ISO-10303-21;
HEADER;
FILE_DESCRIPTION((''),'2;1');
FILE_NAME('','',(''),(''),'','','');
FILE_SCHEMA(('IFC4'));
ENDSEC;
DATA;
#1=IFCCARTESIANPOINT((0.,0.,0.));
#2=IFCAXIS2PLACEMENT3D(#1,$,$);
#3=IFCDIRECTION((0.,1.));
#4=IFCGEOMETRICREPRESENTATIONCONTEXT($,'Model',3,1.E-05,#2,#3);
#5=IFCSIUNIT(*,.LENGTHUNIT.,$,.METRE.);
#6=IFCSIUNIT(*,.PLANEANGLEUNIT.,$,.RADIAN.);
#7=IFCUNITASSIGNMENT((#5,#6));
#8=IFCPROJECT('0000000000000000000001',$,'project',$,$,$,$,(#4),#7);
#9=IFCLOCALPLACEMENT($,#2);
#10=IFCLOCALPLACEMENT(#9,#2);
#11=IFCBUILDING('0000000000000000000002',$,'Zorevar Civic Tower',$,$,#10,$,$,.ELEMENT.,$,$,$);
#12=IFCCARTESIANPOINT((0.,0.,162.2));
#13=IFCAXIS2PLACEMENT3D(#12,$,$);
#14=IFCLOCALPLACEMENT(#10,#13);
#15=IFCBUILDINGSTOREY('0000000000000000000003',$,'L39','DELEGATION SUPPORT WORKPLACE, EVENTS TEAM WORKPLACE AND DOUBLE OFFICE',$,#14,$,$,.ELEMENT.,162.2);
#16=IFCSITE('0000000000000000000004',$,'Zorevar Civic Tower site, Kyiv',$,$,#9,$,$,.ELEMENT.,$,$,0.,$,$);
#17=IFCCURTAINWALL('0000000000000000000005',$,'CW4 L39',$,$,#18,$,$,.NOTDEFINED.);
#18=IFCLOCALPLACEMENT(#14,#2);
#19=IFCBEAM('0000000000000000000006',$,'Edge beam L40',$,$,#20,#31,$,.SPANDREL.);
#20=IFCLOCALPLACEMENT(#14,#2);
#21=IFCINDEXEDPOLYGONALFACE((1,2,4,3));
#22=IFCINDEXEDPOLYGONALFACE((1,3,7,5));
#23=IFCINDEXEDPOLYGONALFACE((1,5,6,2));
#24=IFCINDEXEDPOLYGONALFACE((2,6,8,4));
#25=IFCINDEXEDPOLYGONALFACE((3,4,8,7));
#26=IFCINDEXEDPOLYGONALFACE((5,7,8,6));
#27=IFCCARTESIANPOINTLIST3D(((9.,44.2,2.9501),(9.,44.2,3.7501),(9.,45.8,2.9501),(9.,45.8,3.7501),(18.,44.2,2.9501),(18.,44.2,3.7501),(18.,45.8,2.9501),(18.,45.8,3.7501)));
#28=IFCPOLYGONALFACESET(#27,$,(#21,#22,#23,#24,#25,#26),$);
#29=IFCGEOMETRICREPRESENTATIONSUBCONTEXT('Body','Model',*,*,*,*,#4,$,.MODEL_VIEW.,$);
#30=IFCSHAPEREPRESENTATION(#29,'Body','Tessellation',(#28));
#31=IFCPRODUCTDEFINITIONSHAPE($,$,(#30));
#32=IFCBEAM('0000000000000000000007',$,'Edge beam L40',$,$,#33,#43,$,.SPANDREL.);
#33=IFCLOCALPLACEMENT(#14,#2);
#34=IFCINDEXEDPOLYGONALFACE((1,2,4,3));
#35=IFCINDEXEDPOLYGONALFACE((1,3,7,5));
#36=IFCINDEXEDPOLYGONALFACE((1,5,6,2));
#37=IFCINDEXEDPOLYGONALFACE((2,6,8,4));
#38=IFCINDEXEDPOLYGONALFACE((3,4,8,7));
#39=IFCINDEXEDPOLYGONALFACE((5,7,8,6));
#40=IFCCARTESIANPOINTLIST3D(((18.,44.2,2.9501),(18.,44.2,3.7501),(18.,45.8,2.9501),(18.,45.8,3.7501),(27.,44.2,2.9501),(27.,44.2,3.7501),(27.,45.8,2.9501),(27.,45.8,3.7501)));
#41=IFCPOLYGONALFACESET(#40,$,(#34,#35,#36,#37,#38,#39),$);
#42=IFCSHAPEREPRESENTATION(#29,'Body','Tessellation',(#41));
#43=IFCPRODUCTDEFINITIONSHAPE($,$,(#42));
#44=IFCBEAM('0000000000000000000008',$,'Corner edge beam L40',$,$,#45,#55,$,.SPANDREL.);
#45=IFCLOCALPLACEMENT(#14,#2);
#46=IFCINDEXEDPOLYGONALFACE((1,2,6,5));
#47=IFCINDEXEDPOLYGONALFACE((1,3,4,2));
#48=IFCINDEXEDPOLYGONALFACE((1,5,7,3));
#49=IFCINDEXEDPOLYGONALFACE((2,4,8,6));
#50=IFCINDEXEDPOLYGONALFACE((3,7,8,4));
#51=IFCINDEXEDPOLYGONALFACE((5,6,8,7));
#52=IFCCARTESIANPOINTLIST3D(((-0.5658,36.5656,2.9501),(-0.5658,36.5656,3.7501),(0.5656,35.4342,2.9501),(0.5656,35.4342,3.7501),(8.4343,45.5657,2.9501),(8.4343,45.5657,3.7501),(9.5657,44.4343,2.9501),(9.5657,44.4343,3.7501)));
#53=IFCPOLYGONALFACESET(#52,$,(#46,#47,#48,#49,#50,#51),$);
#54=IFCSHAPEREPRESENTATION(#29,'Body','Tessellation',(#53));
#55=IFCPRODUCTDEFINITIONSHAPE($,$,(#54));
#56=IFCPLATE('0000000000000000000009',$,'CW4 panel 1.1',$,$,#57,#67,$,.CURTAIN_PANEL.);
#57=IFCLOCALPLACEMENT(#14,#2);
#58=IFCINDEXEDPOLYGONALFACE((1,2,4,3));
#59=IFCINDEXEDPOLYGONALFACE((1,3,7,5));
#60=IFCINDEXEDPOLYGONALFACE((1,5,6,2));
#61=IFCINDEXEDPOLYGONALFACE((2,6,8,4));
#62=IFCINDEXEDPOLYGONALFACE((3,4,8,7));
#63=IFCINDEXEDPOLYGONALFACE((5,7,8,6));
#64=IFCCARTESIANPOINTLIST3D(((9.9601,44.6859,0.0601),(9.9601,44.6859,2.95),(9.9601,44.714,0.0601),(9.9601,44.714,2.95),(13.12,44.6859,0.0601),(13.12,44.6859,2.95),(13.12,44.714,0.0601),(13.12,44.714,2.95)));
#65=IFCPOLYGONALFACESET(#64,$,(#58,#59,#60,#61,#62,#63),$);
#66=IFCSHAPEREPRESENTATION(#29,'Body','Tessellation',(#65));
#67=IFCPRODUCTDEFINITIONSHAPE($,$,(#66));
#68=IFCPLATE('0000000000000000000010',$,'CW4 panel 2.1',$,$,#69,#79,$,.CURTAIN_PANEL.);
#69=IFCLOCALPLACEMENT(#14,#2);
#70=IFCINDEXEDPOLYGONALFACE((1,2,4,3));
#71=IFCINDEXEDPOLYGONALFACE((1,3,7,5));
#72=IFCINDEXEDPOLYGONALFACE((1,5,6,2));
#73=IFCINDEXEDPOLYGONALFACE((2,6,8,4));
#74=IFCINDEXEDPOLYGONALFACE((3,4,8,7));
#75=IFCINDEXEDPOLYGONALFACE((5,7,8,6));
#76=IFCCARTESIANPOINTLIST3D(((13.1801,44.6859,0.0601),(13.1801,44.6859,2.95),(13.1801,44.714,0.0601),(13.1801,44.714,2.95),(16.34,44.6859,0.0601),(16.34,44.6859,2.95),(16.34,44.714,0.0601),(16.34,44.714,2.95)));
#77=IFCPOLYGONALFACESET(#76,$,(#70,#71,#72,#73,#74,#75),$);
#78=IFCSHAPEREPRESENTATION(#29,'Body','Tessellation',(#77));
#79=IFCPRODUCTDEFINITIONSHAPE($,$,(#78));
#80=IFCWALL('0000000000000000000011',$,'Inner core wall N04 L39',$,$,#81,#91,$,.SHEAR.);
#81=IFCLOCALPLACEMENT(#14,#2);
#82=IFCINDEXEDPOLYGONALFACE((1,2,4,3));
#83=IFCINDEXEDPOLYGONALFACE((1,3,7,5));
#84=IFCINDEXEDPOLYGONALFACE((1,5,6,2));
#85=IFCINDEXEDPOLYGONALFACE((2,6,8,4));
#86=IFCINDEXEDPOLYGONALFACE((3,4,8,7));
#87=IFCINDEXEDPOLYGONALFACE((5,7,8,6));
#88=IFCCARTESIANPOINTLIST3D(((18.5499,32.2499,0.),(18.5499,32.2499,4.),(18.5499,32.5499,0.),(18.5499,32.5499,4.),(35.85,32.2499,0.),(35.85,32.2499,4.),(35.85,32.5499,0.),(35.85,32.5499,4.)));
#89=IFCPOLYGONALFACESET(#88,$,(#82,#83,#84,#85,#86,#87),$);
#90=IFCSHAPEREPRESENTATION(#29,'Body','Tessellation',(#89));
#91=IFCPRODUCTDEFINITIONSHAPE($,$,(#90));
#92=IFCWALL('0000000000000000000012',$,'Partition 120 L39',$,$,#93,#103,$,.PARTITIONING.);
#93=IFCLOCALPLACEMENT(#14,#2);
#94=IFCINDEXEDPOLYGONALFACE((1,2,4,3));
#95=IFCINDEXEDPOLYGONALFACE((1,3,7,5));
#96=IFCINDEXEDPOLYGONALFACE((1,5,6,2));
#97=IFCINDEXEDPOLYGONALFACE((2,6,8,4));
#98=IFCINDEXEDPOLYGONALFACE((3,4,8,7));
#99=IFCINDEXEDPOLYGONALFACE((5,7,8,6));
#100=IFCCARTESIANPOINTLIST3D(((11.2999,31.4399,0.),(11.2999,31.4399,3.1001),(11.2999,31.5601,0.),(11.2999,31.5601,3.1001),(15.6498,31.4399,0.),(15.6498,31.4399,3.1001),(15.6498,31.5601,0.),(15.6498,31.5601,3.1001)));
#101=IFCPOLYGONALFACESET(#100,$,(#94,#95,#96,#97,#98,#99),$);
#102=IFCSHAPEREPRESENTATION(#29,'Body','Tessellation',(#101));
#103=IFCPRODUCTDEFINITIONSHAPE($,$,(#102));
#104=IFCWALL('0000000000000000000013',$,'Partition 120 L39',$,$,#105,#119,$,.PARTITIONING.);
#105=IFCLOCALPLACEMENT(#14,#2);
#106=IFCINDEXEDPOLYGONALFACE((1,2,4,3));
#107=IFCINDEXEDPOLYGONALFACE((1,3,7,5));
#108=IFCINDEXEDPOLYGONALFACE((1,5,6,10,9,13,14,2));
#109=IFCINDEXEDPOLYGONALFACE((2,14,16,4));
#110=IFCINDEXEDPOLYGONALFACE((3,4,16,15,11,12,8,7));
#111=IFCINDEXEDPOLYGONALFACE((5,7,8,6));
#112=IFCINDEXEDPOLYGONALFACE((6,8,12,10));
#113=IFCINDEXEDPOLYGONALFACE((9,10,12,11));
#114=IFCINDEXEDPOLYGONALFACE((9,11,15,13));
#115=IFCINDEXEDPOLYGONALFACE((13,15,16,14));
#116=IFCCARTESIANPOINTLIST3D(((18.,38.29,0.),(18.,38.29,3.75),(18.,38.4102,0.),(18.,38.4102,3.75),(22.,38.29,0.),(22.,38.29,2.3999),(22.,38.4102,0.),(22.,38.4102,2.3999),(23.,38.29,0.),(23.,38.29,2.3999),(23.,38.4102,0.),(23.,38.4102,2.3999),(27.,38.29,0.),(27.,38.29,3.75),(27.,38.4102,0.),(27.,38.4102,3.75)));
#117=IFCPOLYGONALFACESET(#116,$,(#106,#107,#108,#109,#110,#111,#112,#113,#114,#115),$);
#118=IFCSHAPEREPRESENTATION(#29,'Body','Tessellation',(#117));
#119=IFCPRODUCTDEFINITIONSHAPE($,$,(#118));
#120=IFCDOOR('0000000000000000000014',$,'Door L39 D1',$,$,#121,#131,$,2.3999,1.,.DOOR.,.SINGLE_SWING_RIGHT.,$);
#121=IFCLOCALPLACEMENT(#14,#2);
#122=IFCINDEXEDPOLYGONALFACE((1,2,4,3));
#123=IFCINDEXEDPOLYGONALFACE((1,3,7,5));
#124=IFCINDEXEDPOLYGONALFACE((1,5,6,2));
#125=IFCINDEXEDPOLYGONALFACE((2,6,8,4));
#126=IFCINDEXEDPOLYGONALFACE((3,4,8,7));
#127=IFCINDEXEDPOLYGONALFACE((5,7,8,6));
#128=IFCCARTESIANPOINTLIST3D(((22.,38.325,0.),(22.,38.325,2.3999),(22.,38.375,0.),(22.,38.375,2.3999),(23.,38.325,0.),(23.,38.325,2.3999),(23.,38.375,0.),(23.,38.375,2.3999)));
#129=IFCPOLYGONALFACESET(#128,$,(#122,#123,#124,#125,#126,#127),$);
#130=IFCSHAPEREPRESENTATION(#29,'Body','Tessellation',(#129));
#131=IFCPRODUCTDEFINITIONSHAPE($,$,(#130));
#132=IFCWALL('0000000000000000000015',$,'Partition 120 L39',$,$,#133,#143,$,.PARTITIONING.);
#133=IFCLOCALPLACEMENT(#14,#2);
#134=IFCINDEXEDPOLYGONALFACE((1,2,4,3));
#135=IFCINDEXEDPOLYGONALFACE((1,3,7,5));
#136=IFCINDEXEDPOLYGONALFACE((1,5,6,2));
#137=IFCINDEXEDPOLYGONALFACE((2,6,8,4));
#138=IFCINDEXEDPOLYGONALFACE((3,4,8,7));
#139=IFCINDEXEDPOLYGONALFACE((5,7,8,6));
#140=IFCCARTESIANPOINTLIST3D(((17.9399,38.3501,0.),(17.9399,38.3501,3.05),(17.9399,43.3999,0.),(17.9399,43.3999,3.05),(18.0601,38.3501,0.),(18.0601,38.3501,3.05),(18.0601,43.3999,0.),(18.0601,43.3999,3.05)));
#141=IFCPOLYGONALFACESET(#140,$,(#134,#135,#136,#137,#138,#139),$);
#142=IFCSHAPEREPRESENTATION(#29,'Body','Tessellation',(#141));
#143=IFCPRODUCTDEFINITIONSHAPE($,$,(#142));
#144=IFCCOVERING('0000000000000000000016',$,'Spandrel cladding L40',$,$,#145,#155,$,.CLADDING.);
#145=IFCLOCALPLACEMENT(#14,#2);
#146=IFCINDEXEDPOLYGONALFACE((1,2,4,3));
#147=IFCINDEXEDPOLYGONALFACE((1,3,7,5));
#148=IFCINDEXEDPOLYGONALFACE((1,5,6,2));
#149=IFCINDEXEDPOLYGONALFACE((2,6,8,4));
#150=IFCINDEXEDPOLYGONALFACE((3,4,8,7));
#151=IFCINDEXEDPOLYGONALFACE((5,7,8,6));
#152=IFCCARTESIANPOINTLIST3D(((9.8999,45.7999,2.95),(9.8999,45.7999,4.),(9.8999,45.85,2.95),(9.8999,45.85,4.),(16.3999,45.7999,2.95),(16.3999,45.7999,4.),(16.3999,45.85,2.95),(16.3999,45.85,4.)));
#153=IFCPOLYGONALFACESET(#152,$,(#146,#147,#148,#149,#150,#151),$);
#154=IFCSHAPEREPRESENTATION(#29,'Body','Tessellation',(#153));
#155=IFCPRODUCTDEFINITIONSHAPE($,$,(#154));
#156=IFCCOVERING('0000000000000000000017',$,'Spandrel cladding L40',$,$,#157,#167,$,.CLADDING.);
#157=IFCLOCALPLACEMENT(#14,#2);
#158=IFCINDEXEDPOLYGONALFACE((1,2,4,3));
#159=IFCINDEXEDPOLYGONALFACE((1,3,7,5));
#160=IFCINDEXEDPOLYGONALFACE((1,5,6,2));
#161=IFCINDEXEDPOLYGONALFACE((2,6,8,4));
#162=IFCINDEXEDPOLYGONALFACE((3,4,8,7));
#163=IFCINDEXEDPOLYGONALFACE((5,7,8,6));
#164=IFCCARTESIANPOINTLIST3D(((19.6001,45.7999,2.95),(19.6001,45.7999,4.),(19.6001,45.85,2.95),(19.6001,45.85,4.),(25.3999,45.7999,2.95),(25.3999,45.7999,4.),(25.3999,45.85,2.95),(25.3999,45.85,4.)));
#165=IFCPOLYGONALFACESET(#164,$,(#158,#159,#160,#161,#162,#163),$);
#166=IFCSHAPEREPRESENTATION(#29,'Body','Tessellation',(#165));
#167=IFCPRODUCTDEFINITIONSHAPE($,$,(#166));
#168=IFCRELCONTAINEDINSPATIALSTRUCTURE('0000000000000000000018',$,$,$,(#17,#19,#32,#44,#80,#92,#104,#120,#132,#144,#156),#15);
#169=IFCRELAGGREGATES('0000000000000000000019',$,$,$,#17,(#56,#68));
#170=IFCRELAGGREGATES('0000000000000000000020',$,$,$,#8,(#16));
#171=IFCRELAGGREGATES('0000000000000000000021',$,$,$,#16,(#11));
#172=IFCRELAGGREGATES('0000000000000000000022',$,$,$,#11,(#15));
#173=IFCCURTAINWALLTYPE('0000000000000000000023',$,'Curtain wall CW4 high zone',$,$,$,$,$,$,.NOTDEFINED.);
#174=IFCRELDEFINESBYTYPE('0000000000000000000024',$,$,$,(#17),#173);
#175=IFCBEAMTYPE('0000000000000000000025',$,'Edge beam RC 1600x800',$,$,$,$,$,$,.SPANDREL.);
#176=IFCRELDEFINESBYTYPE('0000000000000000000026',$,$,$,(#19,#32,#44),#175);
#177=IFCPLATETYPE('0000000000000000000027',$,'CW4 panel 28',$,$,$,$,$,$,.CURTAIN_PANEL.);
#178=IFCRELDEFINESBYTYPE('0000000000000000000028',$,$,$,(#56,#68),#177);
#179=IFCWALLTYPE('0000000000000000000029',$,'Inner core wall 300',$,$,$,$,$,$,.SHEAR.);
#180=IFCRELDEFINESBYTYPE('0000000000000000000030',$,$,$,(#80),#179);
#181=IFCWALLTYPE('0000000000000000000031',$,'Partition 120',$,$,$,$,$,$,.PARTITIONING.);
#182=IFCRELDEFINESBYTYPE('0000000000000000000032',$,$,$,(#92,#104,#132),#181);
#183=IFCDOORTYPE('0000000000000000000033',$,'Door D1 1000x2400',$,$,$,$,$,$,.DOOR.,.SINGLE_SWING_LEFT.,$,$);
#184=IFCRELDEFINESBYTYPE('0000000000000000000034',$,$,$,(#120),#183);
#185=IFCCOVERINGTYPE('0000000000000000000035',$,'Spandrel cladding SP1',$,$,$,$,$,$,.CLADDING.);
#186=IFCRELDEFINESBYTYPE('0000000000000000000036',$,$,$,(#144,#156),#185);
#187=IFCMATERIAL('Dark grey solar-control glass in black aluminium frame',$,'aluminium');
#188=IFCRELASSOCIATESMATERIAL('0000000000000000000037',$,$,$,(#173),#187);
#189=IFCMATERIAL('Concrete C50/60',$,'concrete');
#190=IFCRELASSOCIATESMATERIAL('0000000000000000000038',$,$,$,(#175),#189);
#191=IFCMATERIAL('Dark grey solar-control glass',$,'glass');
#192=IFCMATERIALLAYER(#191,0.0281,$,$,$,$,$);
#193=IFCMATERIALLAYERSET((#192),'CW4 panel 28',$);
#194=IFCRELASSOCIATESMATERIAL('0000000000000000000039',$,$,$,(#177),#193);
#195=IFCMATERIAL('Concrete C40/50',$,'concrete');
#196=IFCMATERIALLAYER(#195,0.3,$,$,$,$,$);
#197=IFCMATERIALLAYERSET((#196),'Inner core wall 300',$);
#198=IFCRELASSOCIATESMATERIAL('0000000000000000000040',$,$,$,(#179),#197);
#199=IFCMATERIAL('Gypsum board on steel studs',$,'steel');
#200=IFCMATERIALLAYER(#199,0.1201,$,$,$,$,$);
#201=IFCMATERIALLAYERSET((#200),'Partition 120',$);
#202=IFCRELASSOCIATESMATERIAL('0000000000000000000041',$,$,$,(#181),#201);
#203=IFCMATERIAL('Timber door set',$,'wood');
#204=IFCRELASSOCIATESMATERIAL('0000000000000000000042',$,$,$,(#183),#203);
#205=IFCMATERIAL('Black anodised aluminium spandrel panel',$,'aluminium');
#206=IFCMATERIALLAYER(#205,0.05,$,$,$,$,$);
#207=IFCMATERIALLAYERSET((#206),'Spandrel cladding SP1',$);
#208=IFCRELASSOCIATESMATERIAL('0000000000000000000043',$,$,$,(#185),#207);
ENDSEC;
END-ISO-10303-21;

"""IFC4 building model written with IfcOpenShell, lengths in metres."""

from ifc_helpers import new_model, si_unit, direction, frame, frame_2d, origin, origin_2d, place, context, subcontext, project, spatial, rectangle, extrude, material, layer, layer_set, material_profile, profile_set, type_object, element, fill, aggregate, save


model = new_model("IFC4")

# Units and contexts
model_context = context("Model", 3, precision=1e-05, world=origin(), true_north=direction((0.0, 1.0)))
body_context = subcontext(model_context, "Body", "Model", "MODEL_VIEW")
ifc_project = project(units=[si_unit("LENGTHUNIT", "METRE"), si_unit("PLANEANGLEUNIT", "RADIAN")], contexts=[model_context])

# Site, building, storey
site_placement = place(None, origin())
site = spatial("IfcSite", under=ifc_project, at=site_placement, Name="Zorevar Civic Tower site, Kyiv", CompositionType="ELEMENT", RefElevation=0.0)
building_placement = place(site_placement, origin())
building = spatial("IfcBuilding", under=site, at=building_placement, Name="Zorevar Civic Tower", CompositionType="ELEMENT")
storey_placement = place(building_placement, frame((0.0, 0.0, 162.2)))
storey = spatial("IfcBuildingStorey", under=building, at=storey_placement, Name="L39", Description="DELEGATION SUPPORT WORKPLACE, EVENTS TEAM WORKPLACE AND DOUBLE OFFICE", CompositionType="ELEMENT", Elevation=162.2)

# Curtain wall
ifc_material_1 = material(Name="Dark grey solar-control glass in black aluminium frame", Category="aluminium")
curtain_wall_type = type_object("IfcCurtainWallType", Name="Curtain wall CW4 high zone", PredefinedType="NOTDEFINED", material=ifc_material_1)
curtain_wall_placement = place(storey_placement, origin())
curtain_wall = element("IfcCurtainWall", 1, at=curtain_wall_placement, inside=storey, type_object=curtain_wall_type, Name="CW4 L39", PredefinedType="NOTDEFINED")

# Beams
ifc_material_2 = material(Name="Concrete C50/60", Category="concrete")
ifc_material_profile_1 = material_profile(ifc_material_2, rectangle(XDim=1.6001, YDim=0.8, at=origin_2d()), Name="RC 1600x800")
ifc_profile_set_1 = profile_set([ifc_material_profile_1], Name="Concrete C50/60")
beam_type_1 = type_object("IfcBeamType", Name="Edge beam RC 1600x800", PredefinedType="SPANDREL", material=ifc_profile_set_1)
for number, where, z_axis, x_axis, name in (
    (2, (9.0, 45.0, 3.3501), (1.0, 0.0, 0.0), (0.0, 1.0, 0.0), "Edge beam L40"),
    (3, (18.0, 45.0, 3.3501), (1.0, 0.0, 0.0), (0.0, 1.0, 0.0), "Edge beam L40"),
):
    element("IfcBeam", number, at=place(storey_placement, frame(where, z_axis=z_axis, x_axis=x_axis)), inside=storey, type_object=beam_type_1, Name=name, PredefinedType="SPANDREL", context=body_context, shape_type="SweptSolid", body=[
        extrude(rectangle(XDim=1.6001, YDim=0.8, at=origin_2d()), origin(), (0.0, 0.0, 1.0), 9.0),
    ])
beam_1_placement = place(storey_placement, frame((9.0, 45.0, 3.3501), z_axis=(-0.707107, -0.707107, 0.0), x_axis=(0.707107, -0.707107, 0.0)))
element("IfcBeam", 4, at=beam_1_placement, inside=storey, type_object=beam_type_1, Name="Corner edge beam L40", PredefinedType="SPANDREL", context=body_context, shape_type="SweptSolid", body=[
    extrude(rectangle(XDim=1.6001, YDim=0.8, at=origin_2d()), origin(), (0.0, 0.0, 1.0), 12.728),
])

# Plates
ifc_material_3 = material(Name="Dark grey solar-control glass", Category="glass")
ifc_layer_1 = layer(ifc_material_3, 0.0281)
ifc_layer_set_1 = layer_set([ifc_layer_1], Name="CW4 panel 28")
plate_type = type_object("IfcPlateType", Name="CW4 panel 28", PredefinedType="CURTAIN_PANEL", material=ifc_layer_set_1)
plate_1_placement = place(storey_placement, frame((11.54, 44.7, 0.0601), z_axis=(0.0, 0.0, 1.0), x_axis=(1.0, 0.0, 0.0)))
plate_1 = element("IfcPlate", 5, at=plate_1_placement, type_object=plate_type, Name="CW4 panel 1.1", PredefinedType="CURTAIN_PANEL", context=body_context, shape_type="SweptSolid", body=[
    extrude(rectangle(XDim=3.1599, YDim=0.0281, at=origin_2d()), origin(), (0.0, 0.0, 1.0), 2.8899),
])
plate_2_placement = place(storey_placement, frame((14.76, 44.7, 0.0601), z_axis=(0.0, 0.0, 1.0), x_axis=(1.0, 0.0, 0.0)))
plate_2 = element("IfcPlate", 6, at=plate_2_placement, type_object=plate_type, Name="CW4 panel 2.1", PredefinedType="CURTAIN_PANEL", context=body_context, shape_type="SweptSolid", body=[
    extrude(rectangle(XDim=3.1599, YDim=0.0281, at=origin_2d()), origin(), (0.0, 0.0, 1.0), 2.8899),
])
aggregate(curtain_wall, [plate_1, plate_2])

# Walls
ifc_material_4 = material(Name="Concrete C40/50", Category="concrete")
ifc_layer_2 = layer(ifc_material_4, 0.3)
ifc_layer_set_2 = layer_set([ifc_layer_2], Name="Inner core wall 300")
wall_type_1 = type_object("IfcWallType", Name="Inner core wall 300", PredefinedType="SHEAR", material=ifc_layer_set_2)
wall_1_placement = place(storey_placement, frame((18.55, 32.3999, 0.0), z_axis=(0.0, 0.0, 1.0), x_axis=(1.0, 0.0, 0.0)))
element("IfcWall", 7, at=wall_1_placement, inside=storey, type_object=wall_type_1, Name="Inner core wall N04 L39", PredefinedType="SHEAR", context=body_context, shape_type="SweptSolid", body=[
    extrude(rectangle(XDim=17.3, YDim=0.3, at=frame_2d((8.6499, 0.0))), origin(), (0.0, 0.0, 1.0), 4.0),
])
ifc_material_5 = material(Name="Gypsum board on steel studs", Category="steel")
ifc_layer_3 = layer(ifc_material_5, 0.1201)
ifc_layer_set_3 = layer_set([ifc_layer_3], Name="Partition 120")
wall_type_2 = type_object("IfcWallType", Name="Partition 120", PredefinedType="PARTITIONING", material=ifc_layer_set_3)
wall_2_placement = place(storey_placement, frame((11.3, 31.5, 0.0), z_axis=(0.0, 0.0, 1.0), x_axis=(1.0, 0.0, 0.0)))
element("IfcWall", 8, at=wall_2_placement, inside=storey, type_object=wall_type_2, Name="Partition 120 L39", PredefinedType="PARTITIONING", context=body_context, shape_type="SweptSolid", body=[
    extrude(rectangle(XDim=4.3499, YDim=0.1201, at=frame_2d((2.1748, 0.0))), origin(), (0.0, 0.0, 1.0), 3.1001),
])

# Wall, opening, door
wall_3_placement = place(storey_placement, frame((18.0, 38.3501, 0.0), z_axis=(0.0, 0.0, 1.0), x_axis=(1.0, 0.0, 0.0)))
wall_3 = element("IfcWall", 9, at=wall_3_placement, inside=storey, type_object=wall_type_2, Name="Partition 120 L39", PredefinedType="PARTITIONING", context=body_context, shape_type="SweptSolid", body=[
    extrude(rectangle(XDim=9.0, YDim=0.1201, at=frame_2d((4.5, 0.0))), origin(), (0.0, 0.0, 1.0), 3.75),
])
opening_1_placement = place(wall_3_placement, frame((4.0, 0.0, 0.0)))
opening_1 = element("IfcOpeningElement", 10, at=opening_1_placement, cuts=wall_3, PredefinedType="OPENING", context=body_context, shape_type="SweptSolid", body=[
    extrude(rectangle(XDim=1.0, YDim=2.3999, at=frame_2d((0.5, 1.2))), frame((0.0, 0.0701, 0.0), z_axis=(0.0, -1.0, 0.0), x_axis=(1.0, 0.0, 0.0)), (0.0, 0.0, 1.0), 0.1401),
])
ifc_material_6 = material(Name="Timber door set", Category="wood")
door_type_1 = type_object("IfcDoorType", Name="Door D1 1000x2400", OperationType="SINGLE_SWING_LEFT", PredefinedType="DOOR", material=ifc_material_6)
door_1_placement = place(opening_1_placement, origin())
door_1 = element("IfcDoor", 11, at=door_1_placement, inside=storey, type_object=door_type_1, Name="Door L39 D1", OperationType="SINGLE_SWING_RIGHT", OverallHeight=2.3999, OverallWidth=1.0, PredefinedType="DOOR", context=body_context, shape_type="SweptSolid", body=[
    extrude(rectangle(XDim=1.0, YDim=2.3999, at=frame_2d((0.5, 1.2))), frame((0.0, 0.0249, 0.0), z_axis=(0.0, -1.0, 0.0), x_axis=(1.0, 0.0, 0.0)), (0.0, 0.0, 1.0), 0.05),
])
fill(opening_1, door_1)

# Wall
wall_4_placement = place(storey_placement, frame((18.0, 38.3501, 0.0), z_axis=(0.0, 0.0, 1.0), x_axis=(0.0, 1.0, 0.0)))
element("IfcWall", 12, at=wall_4_placement, inside=storey, type_object=wall_type_2, Name="Partition 120 L39", PredefinedType="PARTITIONING", context=body_context, shape_type="SweptSolid", body=[
    extrude(rectangle(XDim=5.0498, YDim=0.1201, at=frame_2d((2.5249, 0.0))), origin(), (0.0, 0.0, 1.0), 3.05),
])

# Coverings
ifc_material_7 = material(Name="Black anodised aluminium spandrel panel", Category="aluminium")
ifc_layer_4 = layer(ifc_material_7, 0.05)
ifc_layer_set_4 = layer_set([ifc_layer_4], Name="Spandrel cladding SP1")
covering_type = type_object("IfcCoveringType", Name="Spandrel cladding SP1", PredefinedType="CLADDING", material=ifc_layer_set_4)
covering_1_placement = place(storey_placement, frame((9.8999, 45.825, 2.95), z_axis=(0.0, 0.0, 1.0), x_axis=(1.0, 0.0, 0.0)))
element("IfcCovering", 13, at=covering_1_placement, inside=storey, type_object=covering_type, Name="Spandrel cladding L40", PredefinedType="CLADDING", context=body_context, shape_type="SweptSolid", body=[
    extrude(rectangle(XDim=6.5, YDim=0.05, at=frame_2d((3.25, 0.0))), origin(), (0.0, 0.0, 1.0), 1.05),
])
covering_2_placement = place(storey_placement, frame((19.6001, 45.825, 2.95), z_axis=(0.0, 0.0, 1.0), x_axis=(1.0, 0.0, 0.0)))
element("IfcCovering", 14, at=covering_2_placement, inside=storey, type_object=covering_type, Name="Spandrel cladding L40", PredefinedType="CLADDING", context=body_context, shape_type="SweptSolid", body=[
    extrude(rectangle(XDim=5.7998, YDim=0.05, at=frame_2d((2.8999, 0.0))), origin(), (0.0, 0.0, 1.0), 1.05),
])

save(model, "model.ifc")
